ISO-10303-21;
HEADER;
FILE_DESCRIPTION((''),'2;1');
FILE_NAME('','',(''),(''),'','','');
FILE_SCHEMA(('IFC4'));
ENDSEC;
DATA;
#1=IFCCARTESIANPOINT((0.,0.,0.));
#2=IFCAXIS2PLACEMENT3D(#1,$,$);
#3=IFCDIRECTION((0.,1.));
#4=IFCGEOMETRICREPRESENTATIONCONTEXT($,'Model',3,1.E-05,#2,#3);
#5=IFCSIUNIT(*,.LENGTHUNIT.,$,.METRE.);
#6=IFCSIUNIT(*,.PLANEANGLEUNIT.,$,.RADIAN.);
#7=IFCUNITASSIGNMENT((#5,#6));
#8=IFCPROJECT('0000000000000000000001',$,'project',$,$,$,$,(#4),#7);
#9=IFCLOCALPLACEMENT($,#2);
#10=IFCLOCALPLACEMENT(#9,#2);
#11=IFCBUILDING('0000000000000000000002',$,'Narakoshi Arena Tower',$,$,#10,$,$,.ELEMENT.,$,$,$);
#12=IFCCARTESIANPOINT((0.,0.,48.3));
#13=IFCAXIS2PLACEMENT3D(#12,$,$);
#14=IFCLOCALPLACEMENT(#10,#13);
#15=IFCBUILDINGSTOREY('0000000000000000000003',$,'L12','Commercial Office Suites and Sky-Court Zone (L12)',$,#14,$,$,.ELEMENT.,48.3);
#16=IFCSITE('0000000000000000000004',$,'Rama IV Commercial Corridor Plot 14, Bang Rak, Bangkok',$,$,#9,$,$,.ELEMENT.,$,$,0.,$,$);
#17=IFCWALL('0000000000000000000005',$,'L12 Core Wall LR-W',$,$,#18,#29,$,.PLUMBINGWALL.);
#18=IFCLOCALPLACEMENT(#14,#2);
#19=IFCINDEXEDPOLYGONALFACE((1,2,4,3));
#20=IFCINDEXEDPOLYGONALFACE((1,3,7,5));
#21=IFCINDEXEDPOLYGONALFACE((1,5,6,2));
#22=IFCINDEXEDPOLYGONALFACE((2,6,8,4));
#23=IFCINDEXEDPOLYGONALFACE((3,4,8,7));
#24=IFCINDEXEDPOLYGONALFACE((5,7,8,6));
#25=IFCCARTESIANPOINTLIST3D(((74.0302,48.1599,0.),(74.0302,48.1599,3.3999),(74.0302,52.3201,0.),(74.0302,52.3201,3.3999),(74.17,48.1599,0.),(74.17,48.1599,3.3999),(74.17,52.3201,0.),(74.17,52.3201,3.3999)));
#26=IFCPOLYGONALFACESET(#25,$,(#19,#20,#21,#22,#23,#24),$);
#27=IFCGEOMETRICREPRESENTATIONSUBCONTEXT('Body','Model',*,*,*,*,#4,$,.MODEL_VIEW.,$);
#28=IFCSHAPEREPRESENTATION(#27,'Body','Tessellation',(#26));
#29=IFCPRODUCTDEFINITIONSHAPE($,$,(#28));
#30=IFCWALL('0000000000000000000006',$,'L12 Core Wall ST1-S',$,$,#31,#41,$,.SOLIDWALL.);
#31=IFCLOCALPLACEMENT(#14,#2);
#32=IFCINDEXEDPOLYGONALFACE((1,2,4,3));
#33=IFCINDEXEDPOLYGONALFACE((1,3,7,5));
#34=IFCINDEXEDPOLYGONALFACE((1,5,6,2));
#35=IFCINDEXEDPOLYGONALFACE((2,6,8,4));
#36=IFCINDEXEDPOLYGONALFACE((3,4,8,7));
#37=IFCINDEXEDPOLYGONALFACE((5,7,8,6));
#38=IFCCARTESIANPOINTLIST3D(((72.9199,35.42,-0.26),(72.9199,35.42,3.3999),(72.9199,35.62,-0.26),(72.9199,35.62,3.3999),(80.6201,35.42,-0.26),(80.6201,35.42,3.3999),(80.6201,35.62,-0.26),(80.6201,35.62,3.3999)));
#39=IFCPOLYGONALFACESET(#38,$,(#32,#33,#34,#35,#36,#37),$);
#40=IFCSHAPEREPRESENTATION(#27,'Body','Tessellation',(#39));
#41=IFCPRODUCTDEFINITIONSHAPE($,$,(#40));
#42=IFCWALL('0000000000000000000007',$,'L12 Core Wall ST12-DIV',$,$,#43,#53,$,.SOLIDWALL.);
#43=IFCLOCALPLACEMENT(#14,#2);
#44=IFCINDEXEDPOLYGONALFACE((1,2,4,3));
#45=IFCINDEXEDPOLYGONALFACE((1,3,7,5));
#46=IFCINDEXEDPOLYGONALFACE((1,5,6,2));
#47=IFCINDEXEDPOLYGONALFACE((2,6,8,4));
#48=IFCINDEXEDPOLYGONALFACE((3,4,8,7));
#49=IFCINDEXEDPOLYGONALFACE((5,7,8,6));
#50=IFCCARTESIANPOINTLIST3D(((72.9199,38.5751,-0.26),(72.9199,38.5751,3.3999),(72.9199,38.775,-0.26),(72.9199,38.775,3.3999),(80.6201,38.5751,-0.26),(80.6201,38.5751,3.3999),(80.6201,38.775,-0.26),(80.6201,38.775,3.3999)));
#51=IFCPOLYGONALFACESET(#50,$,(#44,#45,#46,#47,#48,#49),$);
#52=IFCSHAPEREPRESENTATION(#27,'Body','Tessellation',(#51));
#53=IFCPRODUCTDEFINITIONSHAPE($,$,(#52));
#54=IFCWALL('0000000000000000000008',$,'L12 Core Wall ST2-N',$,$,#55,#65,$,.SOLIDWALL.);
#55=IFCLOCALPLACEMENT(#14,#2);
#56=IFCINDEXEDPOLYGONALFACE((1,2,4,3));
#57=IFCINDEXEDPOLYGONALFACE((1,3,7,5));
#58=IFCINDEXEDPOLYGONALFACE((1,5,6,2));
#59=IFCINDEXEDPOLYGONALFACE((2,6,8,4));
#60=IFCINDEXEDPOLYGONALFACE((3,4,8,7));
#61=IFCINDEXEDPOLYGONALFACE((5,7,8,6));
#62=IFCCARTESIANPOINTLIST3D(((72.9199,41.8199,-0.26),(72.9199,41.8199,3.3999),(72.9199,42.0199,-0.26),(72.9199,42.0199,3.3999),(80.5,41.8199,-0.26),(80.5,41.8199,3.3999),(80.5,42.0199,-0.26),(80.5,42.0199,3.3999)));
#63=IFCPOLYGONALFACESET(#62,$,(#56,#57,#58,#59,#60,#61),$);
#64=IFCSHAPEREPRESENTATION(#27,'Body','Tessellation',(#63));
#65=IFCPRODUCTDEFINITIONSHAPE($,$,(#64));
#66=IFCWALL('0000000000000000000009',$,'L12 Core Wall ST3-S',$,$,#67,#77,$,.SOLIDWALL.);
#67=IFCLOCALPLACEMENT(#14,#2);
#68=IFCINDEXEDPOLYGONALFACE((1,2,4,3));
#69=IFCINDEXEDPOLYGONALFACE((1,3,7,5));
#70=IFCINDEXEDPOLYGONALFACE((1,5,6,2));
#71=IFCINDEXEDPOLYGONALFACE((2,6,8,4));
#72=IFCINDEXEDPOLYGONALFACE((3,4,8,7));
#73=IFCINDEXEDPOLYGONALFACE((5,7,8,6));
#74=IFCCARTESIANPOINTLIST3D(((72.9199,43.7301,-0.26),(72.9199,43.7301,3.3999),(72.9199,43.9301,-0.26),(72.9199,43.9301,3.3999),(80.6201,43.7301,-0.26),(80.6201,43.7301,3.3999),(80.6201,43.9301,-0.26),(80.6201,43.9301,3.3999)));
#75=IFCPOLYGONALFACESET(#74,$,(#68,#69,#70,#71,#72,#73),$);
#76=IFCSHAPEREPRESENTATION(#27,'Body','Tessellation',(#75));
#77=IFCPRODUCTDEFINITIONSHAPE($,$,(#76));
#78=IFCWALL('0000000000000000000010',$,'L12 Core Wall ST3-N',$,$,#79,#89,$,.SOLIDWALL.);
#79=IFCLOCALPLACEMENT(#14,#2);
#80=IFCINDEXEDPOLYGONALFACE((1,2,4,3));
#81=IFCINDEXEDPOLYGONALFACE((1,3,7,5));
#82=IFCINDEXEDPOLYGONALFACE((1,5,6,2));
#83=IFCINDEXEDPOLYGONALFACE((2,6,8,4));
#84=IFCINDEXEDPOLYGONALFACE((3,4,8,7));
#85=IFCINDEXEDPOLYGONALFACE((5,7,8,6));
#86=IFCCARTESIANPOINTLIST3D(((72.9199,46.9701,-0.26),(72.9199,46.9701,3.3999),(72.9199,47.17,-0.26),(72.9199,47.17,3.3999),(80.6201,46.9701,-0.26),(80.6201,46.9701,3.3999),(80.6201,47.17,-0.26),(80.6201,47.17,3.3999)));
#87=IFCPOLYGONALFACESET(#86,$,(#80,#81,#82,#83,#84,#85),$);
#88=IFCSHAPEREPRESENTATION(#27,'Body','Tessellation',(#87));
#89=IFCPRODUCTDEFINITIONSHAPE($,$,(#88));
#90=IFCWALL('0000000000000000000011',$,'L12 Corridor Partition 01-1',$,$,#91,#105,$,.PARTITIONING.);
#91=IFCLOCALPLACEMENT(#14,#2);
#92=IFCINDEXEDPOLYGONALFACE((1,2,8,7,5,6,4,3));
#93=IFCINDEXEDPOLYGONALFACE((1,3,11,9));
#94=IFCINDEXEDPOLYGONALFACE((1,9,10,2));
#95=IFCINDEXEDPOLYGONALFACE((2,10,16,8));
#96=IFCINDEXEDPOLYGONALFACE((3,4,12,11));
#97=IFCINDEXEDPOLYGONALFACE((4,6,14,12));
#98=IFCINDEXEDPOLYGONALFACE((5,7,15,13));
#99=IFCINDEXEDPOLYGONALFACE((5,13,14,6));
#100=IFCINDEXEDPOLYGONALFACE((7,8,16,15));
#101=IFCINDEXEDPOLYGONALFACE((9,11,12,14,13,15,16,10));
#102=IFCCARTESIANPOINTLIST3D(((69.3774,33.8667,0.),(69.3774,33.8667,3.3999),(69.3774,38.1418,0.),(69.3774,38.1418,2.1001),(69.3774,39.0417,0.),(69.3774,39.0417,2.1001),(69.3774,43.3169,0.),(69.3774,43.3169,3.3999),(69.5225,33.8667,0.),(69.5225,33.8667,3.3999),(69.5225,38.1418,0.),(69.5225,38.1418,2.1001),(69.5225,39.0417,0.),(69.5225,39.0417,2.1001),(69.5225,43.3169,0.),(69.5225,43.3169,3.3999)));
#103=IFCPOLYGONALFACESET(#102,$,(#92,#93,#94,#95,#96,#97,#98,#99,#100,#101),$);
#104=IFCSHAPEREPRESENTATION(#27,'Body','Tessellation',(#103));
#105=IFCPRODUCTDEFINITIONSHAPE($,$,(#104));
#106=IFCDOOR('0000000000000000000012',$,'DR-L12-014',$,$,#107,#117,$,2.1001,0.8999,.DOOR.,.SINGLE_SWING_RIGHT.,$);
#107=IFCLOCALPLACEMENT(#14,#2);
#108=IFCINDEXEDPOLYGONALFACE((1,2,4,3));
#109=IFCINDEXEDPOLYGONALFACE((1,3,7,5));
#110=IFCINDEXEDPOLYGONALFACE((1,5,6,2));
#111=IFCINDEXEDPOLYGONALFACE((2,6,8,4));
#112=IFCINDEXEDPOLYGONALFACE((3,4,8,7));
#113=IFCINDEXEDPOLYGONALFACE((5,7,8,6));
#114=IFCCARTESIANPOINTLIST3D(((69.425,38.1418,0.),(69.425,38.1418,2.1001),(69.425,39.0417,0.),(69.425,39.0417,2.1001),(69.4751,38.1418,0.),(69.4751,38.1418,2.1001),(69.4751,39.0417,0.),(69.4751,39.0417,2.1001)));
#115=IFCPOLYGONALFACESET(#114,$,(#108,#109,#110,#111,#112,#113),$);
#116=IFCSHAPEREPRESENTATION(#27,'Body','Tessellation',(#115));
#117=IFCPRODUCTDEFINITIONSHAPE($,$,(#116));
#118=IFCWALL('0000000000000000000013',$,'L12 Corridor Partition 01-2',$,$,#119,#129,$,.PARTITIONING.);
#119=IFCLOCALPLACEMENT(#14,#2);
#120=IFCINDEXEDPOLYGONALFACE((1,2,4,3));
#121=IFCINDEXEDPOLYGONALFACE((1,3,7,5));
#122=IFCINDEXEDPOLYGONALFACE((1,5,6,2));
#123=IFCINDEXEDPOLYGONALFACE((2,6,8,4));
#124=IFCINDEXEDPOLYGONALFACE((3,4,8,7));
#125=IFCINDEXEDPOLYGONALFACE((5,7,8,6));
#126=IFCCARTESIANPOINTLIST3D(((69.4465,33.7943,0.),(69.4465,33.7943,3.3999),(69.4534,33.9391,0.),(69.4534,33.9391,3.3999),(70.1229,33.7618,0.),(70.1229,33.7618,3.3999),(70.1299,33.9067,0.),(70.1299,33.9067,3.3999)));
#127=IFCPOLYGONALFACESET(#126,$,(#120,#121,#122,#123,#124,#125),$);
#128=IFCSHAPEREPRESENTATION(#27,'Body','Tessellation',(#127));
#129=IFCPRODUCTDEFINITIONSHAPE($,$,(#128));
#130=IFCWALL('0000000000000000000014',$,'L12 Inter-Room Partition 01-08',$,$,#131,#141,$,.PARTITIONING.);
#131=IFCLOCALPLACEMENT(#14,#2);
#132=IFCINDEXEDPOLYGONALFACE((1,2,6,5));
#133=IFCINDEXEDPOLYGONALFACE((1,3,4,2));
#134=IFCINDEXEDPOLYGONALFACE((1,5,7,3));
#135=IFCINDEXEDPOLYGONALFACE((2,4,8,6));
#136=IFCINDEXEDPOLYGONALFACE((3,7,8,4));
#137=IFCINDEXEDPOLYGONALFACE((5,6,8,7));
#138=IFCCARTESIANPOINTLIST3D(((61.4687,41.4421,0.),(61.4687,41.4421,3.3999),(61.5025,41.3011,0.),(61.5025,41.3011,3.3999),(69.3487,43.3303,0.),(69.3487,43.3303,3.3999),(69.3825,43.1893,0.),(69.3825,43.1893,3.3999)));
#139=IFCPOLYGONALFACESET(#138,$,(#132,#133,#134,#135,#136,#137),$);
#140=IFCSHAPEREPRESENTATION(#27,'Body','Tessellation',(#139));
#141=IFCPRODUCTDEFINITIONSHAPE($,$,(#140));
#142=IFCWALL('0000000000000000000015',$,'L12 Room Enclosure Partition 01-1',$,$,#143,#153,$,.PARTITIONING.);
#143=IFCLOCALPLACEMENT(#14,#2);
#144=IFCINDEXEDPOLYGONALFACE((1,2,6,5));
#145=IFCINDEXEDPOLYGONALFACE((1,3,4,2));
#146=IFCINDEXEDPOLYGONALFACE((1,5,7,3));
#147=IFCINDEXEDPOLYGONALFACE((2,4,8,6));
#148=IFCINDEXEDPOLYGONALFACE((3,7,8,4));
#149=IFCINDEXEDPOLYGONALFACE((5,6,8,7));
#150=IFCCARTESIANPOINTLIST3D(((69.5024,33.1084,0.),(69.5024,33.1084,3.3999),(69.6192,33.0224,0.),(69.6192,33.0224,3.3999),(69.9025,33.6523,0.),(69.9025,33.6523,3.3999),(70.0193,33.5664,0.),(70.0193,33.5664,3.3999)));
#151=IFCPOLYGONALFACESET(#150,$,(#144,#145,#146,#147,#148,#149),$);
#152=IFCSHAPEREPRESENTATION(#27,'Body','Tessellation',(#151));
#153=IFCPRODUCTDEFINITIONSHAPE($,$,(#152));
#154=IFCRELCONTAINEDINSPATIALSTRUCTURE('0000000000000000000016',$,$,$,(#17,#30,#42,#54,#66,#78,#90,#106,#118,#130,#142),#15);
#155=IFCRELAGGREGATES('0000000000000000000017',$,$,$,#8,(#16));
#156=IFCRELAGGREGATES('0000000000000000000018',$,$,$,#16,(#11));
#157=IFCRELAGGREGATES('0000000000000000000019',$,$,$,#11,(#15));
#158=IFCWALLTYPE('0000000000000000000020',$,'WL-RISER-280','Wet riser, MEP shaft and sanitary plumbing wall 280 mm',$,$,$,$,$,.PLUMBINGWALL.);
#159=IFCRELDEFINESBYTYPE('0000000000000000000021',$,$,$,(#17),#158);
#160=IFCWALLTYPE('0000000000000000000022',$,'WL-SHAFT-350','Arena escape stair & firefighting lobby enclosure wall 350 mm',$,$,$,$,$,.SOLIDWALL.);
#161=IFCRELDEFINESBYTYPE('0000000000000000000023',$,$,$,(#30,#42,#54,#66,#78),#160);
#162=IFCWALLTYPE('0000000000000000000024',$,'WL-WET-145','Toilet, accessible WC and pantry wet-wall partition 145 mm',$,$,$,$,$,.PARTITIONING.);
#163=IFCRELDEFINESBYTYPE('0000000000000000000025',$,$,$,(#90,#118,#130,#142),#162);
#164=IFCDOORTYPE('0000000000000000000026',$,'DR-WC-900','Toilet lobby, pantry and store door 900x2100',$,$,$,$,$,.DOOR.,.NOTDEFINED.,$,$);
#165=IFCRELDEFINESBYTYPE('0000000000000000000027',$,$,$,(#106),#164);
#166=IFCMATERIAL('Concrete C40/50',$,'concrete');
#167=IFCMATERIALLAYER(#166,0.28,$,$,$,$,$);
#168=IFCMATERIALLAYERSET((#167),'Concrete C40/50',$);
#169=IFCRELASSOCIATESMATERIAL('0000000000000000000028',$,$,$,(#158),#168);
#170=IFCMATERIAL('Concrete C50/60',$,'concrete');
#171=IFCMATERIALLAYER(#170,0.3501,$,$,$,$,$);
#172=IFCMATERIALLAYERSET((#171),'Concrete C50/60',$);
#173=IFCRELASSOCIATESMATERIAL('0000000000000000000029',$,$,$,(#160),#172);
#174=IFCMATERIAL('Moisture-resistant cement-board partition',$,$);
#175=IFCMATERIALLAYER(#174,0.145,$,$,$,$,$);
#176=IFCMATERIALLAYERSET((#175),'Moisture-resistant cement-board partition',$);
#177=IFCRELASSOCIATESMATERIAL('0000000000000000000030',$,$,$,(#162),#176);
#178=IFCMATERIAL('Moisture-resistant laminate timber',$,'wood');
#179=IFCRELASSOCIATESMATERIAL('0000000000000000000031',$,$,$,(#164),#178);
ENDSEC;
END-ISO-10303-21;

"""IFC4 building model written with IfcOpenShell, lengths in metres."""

from ifc_helpers import new_model, si_unit, direction, frame, frame_2d, origin, place, context, subcontext, project, spatial, rectangle, extrude, material, layer, layer_set, type_object, element, fill, save


model = new_model("IFC4")

# Units and contexts
model_context = context("Model", 3, precision=1e-05, world=origin(), true_north=direction((0.0, 1.0)))
body_context = subcontext(model_context, "Body", "Model", "MODEL_VIEW")
ifc_project = project(units=[si_unit("LENGTHUNIT", "METRE"), si_unit("PLANEANGLEUNIT", "RADIAN")], contexts=[model_context])

# Site, building, storey
site_placement = place(None, origin())
site = spatial("IfcSite", under=ifc_project, at=site_placement, Name="Rama IV Commercial Corridor Plot 14, Bang Rak, Bangkok", CompositionType="ELEMENT", RefElevation=0.0)
building_placement = place(site_placement, origin())
building = spatial("IfcBuilding", under=site, at=building_placement, Name="Narakoshi Arena Tower", CompositionType="ELEMENT")
storey_placement = place(building_placement, frame((0.0, 0.0, 48.3)))
storey = spatial("IfcBuildingStorey", under=building, at=storey_placement, Name="L12", Description="Commercial Office Suites and Sky-Court Zone (L12)", CompositionType="ELEMENT", Elevation=48.3)

# Shared definitions
ifc_material_1 = material(Name="Concrete C50/60", Category="concrete")

# Walls
ifc_material_2 = material(Name="Concrete C40/50", Category="concrete")
ifc_layer_1 = layer(ifc_material_2, 0.28)
ifc_layer_set_1 = layer_set([ifc_layer_1], Name="Concrete C40/50")
wall_type_1 = type_object("IfcWallType", Name="WL-RISER-280", Description="Wet riser, MEP shaft and sanitary plumbing wall 280 mm", PredefinedType="PLUMBINGWALL", material=ifc_layer_set_1)
wall_1_placement = place(storey_placement, frame((74.1001, 48.1599, 0.0), z_axis=(0.0, 0.0, 1.0), x_axis=(0.0, 1.0, 0.0)))
element("IfcWall", 1, at=wall_1_placement, inside=storey, type_object=wall_type_1, Name="L12 Core Wall LR-W", PredefinedType="PLUMBINGWALL", context=body_context, shape_type="SweptSolid", body=[
    extrude(rectangle(XDim=4.1602, YDim=0.1399, at=frame_2d((2.0801, 0.0))), origin(), (0.0, 0.0, 1.0), 3.3999),
])
ifc_layer_2 = layer(ifc_material_1, 0.3501)
ifc_layer_set_2 = layer_set([ifc_layer_2], Name="Concrete C50/60")
wall_type_2 = type_object("IfcWallType", Name="WL-SHAFT-350", Description="Arena escape stair & firefighting lobby enclosure wall 350 mm", PredefinedType="SOLIDWALL", material=ifc_layer_set_2)
for number, where, z_axis, x_axis, name in (
    (2, (72.9199, 35.52, -0.26), (0.0, 0.0, 1.0), (1.0, 0.0, 0.0), "L12 Core Wall ST1-S"),
    (3, (72.9199, 38.675, -0.26), (0.0, 0.0, 1.0), (1.0, 0.0, 0.0), "L12 Core Wall ST12-DIV"),
):
    element("IfcWall", number, at=place(storey_placement, frame(where, z_axis=z_axis, x_axis=x_axis)), inside=storey, type_object=wall_type_2, Name=name, PredefinedType="SOLIDWALL", context=body_context, shape_type="SweptSolid", body=[
        extrude(rectangle(XDim=7.7002, YDim=0.2, at=frame_2d((3.8501, 0.0))), origin(), (0.0, 0.0, 1.0), 3.6599),
    ])
wall_2_placement = place(storey_placement, frame((72.9199, 41.9199, -0.26), z_axis=(0.0, 0.0, 1.0), x_axis=(1.0, 0.0, 0.0)))
element("IfcWall", 4, at=wall_2_placement, inside=storey, type_object=wall_type_2, Name="L12 Core Wall ST2-N", PredefinedType="SOLIDWALL", context=body_context, shape_type="SweptSolid", body=[
    extrude(rectangle(XDim=7.5801, YDim=0.2, at=frame_2d((3.79, 0.0))), origin(), (0.0, 0.0, 1.0), 3.6599),
])
for number, where, z_axis, x_axis, name in (
    (5, (72.9199, 43.8301, -0.26), (0.0, 0.0, 1.0), (1.0, 0.0, 0.0), "L12 Core Wall ST3-S"),
    (6, (72.9199, 47.0701, -0.26), (0.0, 0.0, 1.0), (1.0, 0.0, 0.0), "L12 Core Wall ST3-N"),
):
    element("IfcWall", number, at=place(storey_placement, frame(where, z_axis=z_axis, x_axis=x_axis)), inside=storey, type_object=wall_type_2, Name=name, PredefinedType="SOLIDWALL", context=body_context, shape_type="SweptSolid", body=[
        extrude(rectangle(XDim=7.7002, YDim=0.2, at=frame_2d((3.8501, 0.0))), origin(), (0.0, 0.0, 1.0), 3.6599),
    ])

# Wall, opening, door
ifc_material_3 = material(Name="Moisture-resistant cement-board partition")
ifc_layer_3 = layer(ifc_material_3, 0.145)
ifc_layer_set_3 = layer_set([ifc_layer_3], Name="Moisture-resistant cement-board partition")
wall_type_3 = type_object("IfcWallType", Name="WL-WET-145", Description="Toilet, accessible WC and pantry wet-wall partition 145 mm", PredefinedType="PARTITIONING", material=ifc_layer_set_3)
wall_3_placement = place(storey_placement, frame((69.45, 43.3169, 0.0), z_axis=(0.0, 0.0, 1.0), x_axis=(0.0, -1.0, 0.0)))
wall_3 = element("IfcWall", 7, at=wall_3_placement, inside=storey, type_object=wall_type_3, Name="L12 Corridor Partition 01-1", PredefinedType="PARTITIONING", context=body_context, shape_type="SweptSolid", body=[
    extrude(rectangle(XDim=9.4502, YDim=0.145, at=frame_2d((4.7251, 0.0))), origin(), (0.0, 0.0, 1.0), 3.3999),
])
opening_1_placement = place(wall_3_placement, frame((4.2751, 0.0, 0.0)))
opening_1 = element("IfcOpeningElement", 8, at=opening_1_placement, cuts=wall_3, PredefinedType="OPENING", context=body_context, shape_type="SweptSolid", body=[
    extrude(rectangle(XDim=0.8999, YDim=2.1001, at=frame_2d((0.45, 1.05))), frame((0.0, 0.0825, 0.0), z_axis=(0.0, -1.0, 0.0), x_axis=(1.0, 0.0, 0.0)), (0.0, 0.0, 1.0), 0.165),
])
ifc_material_4 = material(Name="Moisture-resistant laminate timber", Category="wood")
door_type_1 = type_object("IfcDoorType", Name="DR-WC-900", Description="Toilet lobby, pantry and store door 900x2100", OperationType="NOTDEFINED", PredefinedType="DOOR", material=ifc_material_4)
door_1_placement = place(opening_1_placement, frame((0.8999, 0.0, 0.0), z_axis=(0.0, 0.0, 1.0), x_axis=(-1.0, 0.0, 0.0)))
door_1 = element("IfcDoor", 9, at=door_1_placement, inside=storey, type_object=door_type_1, Name="DR-L12-014", OperationType="SINGLE_SWING_RIGHT", OverallHeight=2.1001, OverallWidth=0.8999, PredefinedType="DOOR", context=body_context, shape_type="SweptSolid", body=[
    extrude(rectangle(XDim=0.8999, YDim=2.1001, at=frame_2d((0.45, 1.05))), frame((0.0, 0.0249, 0.0), z_axis=(0.0, -1.0, 0.0), x_axis=(1.0, 0.0, 0.0)), (0.0, 0.0, 1.0), 0.05),
])
fill(opening_1, door_1)

# Walls
wall_4_placement = place(storey_placement, frame((69.45, 33.8667, 0.0), z_axis=(0.0, 0.0, 1.0), x_axis=(0.99885, -0.047942, 0.0)))
element("IfcWall", 10, at=wall_4_placement, inside=storey, type_object=wall_type_3, Name="L12 Corridor Partition 01-2", PredefinedType="PARTITIONING", context=body_context, shape_type="SweptSolid", body=[
    extrude(rectangle(XDim=0.6772, YDim=0.145, at=frame_2d((0.3386, 0.0))), origin(), (0.0, 0.0, 1.0), 3.3999),
])
wall_5_placement = place(storey_placement, frame((61.4856, 41.3716, 0.0), z_axis=(0.0, 0.0, 1.0), x_axis=(0.972471, 0.233024, 0.0)))
element("IfcWall", 11, at=wall_5_placement, inside=storey, type_object=wall_type_3, Name="L12 Inter-Room Partition 01-08", PredefinedType="PARTITIONING", context=body_context, shape_type="SweptSolid", body=[
    extrude(rectangle(XDim=8.103, YDim=0.145, at=frame_2d((4.0515, 0.0))), origin(), (0.0, 0.0, 1.0), 3.3999),
])
wall_6_placement = place(storey_placement, frame((69.9609, 33.6094, 0.0), z_axis=(0.0, 0.0, 1.0), x_axis=(-0.59257, -0.805519, 0.0)))
element("IfcWall", 12, at=wall_6_placement, inside=storey, type_object=wall_type_3, Name="L12 Room Enclosure Partition 01-1", PredefinedType="PARTITIONING", context=body_context, shape_type="SweptSolid", body=[
    extrude(rectangle(XDim=0.6753, YDim=0.145, at=frame_2d((0.3376, 0.0))), origin(), (0.0, 0.0, 1.0), 3.3999),
])

save(model, "model.ifc")
